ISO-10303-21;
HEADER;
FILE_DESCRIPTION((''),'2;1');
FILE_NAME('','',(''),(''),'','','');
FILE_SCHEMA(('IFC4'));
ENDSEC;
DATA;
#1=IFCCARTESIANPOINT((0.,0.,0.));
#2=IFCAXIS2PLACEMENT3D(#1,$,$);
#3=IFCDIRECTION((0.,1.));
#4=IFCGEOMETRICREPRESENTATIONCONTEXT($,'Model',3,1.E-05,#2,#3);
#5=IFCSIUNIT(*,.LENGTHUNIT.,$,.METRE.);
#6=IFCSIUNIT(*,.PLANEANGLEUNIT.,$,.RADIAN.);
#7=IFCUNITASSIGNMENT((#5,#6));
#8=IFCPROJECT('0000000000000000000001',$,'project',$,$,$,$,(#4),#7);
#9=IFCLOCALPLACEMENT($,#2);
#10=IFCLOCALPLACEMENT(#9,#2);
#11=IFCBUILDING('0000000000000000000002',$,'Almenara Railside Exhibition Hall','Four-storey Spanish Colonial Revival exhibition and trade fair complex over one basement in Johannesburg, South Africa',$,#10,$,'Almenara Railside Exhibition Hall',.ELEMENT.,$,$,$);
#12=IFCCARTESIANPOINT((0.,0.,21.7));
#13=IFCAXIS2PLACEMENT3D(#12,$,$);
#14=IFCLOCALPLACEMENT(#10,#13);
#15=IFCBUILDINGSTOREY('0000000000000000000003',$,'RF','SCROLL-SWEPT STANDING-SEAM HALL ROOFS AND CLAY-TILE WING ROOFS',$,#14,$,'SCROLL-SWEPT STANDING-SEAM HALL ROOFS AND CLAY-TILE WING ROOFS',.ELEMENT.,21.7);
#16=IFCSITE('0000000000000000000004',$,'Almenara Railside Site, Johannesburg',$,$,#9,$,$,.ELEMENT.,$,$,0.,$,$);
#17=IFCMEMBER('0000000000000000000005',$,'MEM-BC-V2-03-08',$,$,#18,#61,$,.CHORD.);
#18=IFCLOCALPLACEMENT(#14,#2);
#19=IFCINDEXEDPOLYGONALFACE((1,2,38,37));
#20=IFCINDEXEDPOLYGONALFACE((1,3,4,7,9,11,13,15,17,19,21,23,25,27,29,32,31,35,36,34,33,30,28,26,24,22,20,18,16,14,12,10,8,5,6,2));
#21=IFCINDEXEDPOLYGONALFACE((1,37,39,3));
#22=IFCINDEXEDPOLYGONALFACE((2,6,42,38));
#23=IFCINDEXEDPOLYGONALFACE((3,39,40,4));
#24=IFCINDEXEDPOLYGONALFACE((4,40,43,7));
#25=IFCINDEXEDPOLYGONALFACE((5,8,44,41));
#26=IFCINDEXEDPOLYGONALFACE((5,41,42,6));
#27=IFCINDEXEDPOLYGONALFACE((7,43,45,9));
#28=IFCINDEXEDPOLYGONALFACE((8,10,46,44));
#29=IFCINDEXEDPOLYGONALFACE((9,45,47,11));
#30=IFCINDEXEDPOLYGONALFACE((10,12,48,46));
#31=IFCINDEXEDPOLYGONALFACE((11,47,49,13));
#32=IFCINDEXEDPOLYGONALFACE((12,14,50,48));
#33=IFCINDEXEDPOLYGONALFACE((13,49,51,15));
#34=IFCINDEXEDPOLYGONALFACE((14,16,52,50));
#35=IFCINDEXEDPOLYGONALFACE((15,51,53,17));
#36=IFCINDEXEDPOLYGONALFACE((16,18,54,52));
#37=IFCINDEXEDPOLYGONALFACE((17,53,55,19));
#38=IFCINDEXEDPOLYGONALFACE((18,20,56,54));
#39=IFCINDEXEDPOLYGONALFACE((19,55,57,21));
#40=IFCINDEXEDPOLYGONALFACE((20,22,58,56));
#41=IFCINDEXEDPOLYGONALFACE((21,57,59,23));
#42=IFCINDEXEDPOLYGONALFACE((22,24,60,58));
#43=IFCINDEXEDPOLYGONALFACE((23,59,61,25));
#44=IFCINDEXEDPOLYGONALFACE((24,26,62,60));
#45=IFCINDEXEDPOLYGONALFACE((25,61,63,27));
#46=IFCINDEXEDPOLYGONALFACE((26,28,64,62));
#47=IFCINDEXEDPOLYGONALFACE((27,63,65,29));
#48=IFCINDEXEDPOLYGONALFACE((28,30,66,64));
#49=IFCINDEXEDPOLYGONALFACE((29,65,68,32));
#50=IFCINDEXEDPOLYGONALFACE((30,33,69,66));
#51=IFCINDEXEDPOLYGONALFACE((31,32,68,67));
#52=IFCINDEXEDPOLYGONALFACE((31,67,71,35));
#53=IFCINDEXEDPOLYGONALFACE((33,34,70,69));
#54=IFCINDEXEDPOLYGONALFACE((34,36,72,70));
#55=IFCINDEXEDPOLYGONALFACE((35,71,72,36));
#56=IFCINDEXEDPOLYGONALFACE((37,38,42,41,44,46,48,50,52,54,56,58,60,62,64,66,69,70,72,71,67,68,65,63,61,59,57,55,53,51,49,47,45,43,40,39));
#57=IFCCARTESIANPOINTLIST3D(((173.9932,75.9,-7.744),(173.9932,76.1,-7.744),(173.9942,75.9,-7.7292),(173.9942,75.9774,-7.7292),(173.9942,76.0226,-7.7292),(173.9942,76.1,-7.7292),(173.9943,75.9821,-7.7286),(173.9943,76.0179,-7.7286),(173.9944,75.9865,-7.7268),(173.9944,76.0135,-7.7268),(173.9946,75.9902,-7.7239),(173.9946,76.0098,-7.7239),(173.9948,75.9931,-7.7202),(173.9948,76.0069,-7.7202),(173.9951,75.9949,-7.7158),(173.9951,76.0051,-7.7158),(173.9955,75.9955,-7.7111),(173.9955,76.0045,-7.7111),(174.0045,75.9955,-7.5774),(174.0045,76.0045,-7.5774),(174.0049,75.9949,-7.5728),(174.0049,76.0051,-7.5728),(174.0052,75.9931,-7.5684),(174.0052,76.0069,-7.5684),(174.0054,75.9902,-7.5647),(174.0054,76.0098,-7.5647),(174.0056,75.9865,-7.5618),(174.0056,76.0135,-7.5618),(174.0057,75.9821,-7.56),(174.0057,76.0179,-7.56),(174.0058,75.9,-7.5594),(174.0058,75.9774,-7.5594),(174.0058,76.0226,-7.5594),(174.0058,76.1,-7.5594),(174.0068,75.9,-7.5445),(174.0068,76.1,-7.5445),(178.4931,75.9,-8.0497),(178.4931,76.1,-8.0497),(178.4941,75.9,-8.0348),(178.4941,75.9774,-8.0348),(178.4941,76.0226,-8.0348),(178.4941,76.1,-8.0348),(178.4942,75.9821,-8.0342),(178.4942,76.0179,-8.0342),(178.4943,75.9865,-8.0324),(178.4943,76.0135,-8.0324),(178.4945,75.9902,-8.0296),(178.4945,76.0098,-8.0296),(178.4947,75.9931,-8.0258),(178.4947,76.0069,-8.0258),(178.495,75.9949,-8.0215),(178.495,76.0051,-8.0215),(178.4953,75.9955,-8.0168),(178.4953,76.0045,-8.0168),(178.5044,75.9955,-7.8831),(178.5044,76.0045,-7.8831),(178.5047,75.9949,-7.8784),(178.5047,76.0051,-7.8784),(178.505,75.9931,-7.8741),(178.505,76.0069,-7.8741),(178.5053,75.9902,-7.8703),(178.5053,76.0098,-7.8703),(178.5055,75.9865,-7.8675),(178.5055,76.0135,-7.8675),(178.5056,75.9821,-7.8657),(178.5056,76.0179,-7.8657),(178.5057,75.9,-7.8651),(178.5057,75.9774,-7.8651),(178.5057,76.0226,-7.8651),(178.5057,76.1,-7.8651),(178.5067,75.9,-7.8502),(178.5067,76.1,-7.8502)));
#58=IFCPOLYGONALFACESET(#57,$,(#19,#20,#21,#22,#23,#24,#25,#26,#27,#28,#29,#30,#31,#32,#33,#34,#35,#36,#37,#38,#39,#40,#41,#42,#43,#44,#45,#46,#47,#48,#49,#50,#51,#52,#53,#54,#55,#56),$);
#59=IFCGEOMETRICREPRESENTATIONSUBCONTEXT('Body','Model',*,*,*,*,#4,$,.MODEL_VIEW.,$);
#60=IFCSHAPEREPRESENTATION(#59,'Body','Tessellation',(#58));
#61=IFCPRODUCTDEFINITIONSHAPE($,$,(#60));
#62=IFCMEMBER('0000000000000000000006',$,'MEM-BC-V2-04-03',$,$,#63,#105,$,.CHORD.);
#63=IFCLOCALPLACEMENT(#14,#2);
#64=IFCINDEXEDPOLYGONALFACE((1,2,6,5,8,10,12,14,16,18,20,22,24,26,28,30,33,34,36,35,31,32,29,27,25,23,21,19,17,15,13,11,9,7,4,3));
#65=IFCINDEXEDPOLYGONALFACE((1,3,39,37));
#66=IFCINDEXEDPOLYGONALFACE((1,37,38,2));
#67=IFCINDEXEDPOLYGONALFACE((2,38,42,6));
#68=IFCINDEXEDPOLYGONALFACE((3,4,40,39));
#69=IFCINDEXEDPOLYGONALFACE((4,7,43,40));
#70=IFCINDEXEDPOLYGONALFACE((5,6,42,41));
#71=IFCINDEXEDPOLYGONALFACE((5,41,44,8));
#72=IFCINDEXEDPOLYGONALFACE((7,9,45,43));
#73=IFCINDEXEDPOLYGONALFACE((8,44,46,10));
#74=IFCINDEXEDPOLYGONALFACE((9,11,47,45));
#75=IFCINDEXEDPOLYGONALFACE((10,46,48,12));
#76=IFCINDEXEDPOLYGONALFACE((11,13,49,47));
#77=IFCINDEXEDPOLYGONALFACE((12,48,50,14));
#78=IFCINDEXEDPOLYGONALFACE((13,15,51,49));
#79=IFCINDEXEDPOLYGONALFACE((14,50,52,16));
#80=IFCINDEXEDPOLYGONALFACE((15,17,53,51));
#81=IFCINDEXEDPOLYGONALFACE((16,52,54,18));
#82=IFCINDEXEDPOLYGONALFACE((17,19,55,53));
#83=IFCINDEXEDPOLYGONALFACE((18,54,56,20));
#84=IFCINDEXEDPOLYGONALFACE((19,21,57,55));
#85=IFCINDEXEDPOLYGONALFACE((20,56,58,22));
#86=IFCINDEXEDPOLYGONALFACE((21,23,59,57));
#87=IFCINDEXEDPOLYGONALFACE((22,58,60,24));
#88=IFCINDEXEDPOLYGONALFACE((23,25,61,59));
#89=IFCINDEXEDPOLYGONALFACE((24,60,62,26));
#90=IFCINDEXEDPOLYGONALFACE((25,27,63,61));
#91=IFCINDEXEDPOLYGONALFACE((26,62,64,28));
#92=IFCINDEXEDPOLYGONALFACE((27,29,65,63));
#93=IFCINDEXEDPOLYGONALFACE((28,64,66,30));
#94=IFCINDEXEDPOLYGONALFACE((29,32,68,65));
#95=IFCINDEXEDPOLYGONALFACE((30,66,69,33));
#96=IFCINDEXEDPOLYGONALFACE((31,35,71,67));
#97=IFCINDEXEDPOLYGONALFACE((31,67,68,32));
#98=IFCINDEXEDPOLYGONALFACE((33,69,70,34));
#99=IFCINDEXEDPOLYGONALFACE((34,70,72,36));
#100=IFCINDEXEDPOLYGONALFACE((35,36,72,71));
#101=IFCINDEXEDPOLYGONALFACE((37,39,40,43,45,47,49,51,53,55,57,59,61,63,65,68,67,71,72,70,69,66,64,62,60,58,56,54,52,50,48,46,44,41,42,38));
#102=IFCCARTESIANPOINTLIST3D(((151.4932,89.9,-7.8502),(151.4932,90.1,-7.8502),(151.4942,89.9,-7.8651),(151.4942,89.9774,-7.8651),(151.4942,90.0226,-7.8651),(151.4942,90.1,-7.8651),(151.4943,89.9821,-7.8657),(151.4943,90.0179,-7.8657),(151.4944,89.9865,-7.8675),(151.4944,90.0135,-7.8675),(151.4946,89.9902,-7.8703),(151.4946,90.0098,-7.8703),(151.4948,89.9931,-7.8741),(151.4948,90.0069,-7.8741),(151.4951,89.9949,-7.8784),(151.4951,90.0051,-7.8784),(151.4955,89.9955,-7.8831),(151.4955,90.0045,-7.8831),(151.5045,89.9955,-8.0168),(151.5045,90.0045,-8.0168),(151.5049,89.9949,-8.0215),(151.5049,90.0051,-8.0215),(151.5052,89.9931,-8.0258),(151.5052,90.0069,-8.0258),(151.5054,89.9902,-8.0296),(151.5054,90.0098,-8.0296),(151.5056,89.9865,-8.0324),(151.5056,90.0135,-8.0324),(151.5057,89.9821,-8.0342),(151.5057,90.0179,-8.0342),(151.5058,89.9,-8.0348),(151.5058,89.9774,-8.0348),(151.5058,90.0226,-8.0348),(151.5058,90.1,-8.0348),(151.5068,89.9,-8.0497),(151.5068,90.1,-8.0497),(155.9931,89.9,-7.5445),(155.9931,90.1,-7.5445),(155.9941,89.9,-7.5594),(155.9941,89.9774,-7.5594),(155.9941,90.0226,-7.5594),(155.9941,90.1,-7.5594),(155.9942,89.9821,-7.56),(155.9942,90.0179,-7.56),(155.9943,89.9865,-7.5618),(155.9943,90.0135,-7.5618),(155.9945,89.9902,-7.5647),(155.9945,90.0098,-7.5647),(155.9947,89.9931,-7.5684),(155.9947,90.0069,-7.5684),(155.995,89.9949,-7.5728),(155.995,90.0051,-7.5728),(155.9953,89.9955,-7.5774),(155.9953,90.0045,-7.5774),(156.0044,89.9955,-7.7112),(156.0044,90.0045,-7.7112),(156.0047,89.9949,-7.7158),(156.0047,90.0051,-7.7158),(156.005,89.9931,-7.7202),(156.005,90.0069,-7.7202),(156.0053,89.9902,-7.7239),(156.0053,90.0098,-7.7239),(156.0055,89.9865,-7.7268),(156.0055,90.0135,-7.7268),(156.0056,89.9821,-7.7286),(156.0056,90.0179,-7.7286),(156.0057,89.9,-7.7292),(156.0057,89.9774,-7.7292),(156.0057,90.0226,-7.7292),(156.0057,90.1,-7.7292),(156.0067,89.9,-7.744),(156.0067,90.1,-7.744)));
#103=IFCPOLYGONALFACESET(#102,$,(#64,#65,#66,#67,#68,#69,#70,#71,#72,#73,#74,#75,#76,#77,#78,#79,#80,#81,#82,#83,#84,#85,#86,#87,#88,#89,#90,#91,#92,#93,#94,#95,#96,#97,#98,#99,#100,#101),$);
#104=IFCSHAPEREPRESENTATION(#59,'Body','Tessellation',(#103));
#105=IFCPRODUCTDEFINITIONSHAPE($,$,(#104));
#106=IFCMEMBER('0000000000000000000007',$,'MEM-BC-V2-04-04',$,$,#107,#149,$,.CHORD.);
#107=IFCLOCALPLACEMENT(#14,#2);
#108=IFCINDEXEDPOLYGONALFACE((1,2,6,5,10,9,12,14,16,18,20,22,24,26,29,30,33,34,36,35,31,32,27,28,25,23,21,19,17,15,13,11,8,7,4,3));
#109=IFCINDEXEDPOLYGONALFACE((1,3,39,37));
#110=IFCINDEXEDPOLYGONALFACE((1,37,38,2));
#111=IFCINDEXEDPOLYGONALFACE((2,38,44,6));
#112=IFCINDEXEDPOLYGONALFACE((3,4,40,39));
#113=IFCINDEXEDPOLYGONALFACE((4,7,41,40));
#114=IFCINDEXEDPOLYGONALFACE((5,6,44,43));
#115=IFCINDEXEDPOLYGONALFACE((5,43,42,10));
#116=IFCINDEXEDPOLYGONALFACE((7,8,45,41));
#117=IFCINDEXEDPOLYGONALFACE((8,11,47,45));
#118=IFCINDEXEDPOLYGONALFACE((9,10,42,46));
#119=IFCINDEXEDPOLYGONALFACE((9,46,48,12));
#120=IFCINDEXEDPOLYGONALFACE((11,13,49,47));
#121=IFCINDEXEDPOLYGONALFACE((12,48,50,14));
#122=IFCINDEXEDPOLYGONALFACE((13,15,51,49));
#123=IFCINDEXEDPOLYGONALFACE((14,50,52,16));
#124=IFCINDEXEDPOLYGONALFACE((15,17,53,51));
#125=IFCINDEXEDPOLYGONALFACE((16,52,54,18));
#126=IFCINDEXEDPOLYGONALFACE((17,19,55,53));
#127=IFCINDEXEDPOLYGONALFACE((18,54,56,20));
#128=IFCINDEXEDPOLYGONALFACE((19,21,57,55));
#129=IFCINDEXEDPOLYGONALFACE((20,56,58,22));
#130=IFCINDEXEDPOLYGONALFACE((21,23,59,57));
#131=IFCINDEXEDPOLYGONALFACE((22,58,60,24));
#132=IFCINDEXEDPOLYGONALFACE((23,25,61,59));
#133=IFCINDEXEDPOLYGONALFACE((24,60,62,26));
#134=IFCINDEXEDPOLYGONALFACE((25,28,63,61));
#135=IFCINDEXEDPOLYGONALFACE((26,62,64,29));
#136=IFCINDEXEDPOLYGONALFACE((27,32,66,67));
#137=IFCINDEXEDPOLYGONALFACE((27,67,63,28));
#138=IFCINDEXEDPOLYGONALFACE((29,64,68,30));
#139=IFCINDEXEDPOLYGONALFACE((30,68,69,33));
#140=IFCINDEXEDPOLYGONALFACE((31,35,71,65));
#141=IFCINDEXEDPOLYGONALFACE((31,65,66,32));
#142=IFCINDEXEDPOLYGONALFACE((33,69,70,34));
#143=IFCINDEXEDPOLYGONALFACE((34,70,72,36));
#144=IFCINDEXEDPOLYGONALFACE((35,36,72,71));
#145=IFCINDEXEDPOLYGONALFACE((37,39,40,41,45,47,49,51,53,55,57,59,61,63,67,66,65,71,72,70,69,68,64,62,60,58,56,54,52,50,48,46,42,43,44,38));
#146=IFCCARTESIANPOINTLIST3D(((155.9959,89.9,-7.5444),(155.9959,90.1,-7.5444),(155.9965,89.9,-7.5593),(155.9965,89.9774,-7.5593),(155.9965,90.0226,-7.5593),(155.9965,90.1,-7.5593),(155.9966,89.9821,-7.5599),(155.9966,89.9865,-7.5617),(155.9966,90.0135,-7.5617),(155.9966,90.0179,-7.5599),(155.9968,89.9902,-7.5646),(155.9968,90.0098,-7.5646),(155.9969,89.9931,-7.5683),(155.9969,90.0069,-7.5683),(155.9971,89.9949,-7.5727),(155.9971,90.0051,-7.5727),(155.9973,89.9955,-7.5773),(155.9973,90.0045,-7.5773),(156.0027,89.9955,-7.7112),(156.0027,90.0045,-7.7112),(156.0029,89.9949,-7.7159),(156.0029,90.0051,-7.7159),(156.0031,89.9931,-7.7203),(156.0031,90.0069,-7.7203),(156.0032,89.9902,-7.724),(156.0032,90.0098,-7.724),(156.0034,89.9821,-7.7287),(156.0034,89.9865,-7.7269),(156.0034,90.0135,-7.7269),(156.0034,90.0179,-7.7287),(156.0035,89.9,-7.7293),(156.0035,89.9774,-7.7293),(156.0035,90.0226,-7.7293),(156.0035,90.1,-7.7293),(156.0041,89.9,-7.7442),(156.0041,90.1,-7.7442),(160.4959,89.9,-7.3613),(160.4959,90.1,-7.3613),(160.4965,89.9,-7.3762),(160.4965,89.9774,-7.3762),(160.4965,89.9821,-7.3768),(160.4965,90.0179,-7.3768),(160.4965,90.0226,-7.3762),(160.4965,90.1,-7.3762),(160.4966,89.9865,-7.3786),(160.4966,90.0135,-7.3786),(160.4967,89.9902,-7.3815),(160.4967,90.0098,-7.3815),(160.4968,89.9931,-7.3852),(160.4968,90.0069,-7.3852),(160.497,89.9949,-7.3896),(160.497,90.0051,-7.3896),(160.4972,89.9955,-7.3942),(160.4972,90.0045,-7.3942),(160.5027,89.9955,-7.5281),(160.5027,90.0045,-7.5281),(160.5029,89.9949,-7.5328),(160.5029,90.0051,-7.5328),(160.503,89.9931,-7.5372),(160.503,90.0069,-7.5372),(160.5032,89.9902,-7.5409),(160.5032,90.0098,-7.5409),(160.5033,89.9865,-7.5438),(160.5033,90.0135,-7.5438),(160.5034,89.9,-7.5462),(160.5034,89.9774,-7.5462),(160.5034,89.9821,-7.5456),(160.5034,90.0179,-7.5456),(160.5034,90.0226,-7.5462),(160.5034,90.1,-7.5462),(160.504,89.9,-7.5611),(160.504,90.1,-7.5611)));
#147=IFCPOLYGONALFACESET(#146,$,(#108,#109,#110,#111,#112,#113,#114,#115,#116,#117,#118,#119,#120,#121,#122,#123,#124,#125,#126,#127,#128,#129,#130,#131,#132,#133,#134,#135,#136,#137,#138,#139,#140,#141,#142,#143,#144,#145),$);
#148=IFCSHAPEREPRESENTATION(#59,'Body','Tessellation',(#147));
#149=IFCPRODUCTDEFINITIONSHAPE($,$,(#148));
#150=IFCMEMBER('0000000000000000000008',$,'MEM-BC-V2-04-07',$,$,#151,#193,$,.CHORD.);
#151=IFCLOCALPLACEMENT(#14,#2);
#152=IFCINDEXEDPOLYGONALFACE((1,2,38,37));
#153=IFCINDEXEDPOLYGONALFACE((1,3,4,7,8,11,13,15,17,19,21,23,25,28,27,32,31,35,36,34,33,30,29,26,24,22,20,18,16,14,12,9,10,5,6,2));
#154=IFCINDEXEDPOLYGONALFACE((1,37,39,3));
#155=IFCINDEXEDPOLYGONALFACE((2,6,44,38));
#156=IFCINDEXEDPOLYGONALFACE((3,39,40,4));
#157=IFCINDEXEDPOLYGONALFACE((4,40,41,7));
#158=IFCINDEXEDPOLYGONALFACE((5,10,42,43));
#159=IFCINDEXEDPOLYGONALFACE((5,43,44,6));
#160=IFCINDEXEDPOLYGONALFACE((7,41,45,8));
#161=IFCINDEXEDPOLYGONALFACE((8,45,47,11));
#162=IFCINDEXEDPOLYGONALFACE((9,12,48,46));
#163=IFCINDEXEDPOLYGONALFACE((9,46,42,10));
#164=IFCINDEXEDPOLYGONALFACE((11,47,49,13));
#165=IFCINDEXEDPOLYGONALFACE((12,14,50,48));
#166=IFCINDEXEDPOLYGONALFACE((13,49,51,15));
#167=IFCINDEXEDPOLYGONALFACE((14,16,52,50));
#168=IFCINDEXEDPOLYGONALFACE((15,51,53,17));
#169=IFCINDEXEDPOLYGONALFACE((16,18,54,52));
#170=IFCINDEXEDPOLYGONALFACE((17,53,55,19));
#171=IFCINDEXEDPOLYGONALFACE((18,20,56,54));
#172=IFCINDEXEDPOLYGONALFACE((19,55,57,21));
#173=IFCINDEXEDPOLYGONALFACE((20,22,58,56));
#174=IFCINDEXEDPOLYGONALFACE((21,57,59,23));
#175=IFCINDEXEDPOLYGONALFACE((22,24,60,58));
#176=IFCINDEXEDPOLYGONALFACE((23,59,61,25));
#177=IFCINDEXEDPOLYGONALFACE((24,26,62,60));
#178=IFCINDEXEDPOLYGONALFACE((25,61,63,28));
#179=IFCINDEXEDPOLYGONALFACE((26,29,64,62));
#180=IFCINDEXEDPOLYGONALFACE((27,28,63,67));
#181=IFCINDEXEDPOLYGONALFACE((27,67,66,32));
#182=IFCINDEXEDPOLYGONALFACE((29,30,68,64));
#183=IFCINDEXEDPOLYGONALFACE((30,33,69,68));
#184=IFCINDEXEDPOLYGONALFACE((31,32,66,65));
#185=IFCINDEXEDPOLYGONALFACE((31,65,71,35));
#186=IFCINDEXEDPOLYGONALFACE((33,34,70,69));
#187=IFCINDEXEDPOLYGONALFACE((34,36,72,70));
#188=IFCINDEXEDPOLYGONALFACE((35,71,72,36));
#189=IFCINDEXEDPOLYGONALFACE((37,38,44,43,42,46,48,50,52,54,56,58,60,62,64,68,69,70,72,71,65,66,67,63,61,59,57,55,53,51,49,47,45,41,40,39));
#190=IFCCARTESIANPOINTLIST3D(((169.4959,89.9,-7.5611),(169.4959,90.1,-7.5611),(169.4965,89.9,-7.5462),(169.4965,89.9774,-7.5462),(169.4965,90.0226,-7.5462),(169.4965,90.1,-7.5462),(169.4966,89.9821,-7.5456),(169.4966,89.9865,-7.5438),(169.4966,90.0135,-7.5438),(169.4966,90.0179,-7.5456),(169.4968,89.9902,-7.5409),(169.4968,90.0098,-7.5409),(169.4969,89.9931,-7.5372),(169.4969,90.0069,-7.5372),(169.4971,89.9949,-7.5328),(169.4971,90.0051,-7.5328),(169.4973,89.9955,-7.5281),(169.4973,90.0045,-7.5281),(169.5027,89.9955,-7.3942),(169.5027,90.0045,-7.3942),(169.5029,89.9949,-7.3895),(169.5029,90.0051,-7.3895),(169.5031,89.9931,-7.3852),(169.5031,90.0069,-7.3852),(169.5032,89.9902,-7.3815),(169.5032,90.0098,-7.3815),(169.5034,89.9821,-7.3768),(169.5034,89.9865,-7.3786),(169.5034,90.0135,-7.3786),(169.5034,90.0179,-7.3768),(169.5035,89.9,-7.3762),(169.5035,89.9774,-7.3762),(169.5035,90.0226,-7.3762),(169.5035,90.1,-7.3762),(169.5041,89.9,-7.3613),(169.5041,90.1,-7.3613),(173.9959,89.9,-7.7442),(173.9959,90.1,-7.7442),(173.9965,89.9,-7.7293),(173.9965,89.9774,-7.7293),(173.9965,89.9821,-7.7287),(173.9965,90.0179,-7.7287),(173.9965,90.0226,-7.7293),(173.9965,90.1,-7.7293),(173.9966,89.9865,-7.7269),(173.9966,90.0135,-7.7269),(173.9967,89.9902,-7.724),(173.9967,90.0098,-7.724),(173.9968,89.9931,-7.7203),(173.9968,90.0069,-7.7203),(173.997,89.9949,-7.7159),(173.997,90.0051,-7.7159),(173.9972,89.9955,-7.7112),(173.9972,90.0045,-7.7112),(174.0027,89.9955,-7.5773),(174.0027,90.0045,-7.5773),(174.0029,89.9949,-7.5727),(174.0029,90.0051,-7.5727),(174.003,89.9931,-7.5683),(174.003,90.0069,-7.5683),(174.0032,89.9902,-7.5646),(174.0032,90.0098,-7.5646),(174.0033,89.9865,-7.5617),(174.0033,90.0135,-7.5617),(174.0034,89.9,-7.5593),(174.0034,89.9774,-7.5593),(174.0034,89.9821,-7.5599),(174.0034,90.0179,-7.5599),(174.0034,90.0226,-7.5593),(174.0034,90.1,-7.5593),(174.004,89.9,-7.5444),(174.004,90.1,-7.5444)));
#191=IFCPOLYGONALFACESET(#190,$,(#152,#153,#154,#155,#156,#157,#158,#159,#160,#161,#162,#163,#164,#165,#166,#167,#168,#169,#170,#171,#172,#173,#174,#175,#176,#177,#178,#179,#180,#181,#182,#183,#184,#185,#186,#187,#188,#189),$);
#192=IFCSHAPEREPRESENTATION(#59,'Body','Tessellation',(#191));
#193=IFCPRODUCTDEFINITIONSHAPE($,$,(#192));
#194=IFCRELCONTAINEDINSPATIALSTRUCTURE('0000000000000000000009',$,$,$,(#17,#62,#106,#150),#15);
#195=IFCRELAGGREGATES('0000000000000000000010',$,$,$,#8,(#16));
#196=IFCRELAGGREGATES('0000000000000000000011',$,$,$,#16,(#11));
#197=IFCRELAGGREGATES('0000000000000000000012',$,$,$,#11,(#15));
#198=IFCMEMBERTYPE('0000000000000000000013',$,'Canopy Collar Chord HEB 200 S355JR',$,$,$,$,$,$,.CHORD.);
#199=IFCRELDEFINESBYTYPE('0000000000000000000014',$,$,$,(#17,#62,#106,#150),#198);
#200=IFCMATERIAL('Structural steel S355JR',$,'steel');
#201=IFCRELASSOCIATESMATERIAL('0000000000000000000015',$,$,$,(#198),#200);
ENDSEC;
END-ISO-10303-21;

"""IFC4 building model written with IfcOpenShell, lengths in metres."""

from ifc_helpers import new_model, si_unit, direction, frame, origin, origin_2d, place, context, subcontext, project, spatial, i_section, extrude, material, material_profile, profile_set, type_object, element, save


model = new_model("IFC4")

# Units and contexts
model_context = context("Model", 3, precision=1e-05, world=origin(), true_north=direction((0.0, 1.0)))
body_context = subcontext(model_context, "Body", "Model", "MODEL_VIEW")
ifc_project = project(units=[si_unit("LENGTHUNIT", "METRE"), si_unit("PLANEANGLEUNIT", "RADIAN")], contexts=[model_context])

# Site, building, storey
site_placement = place(None, origin())
site = spatial("IfcSite", under=ifc_project, at=site_placement, Name="Almenara Railside Site, Johannesburg", CompositionType="ELEMENT", RefElevation=0.0)
building_placement = place(site_placement, origin())
building = spatial("IfcBuilding", under=site, at=building_placement, Name="Almenara Railside Exhibition Hall", Description="Four-storey Spanish Colonial Revival exhibition and trade fair complex over one basement in Johannesburg, South Africa", LongName="Almenara Railside Exhibition Hall", CompositionType="ELEMENT")
storey_placement = place(building_placement, frame((0.0, 0.0, 21.7)))
storey = spatial("IfcBuildingStorey", under=building, at=storey_placement, Name="RF", Description="SCROLL-SWEPT STANDING-SEAM HALL ROOFS AND CLAY-TILE WING ROOFS", LongName="SCROLL-SWEPT STANDING-SEAM HALL ROOFS AND CLAY-TILE WING ROOFS", CompositionType="ELEMENT", Elevation=21.7)

# Members
ifc_material_1 = material(Name="Structural steel S355JR", Category="steel")
ifc_material_profile_1 = material_profile(ifc_material_1, i_section(OverallWidth=0.2, OverallDepth=0.2, WebThickness=0.009, FlangeThickness=0.0149, FilletRadius=0.0181, at=origin_2d()), Name="HEB 200")
ifc_profile_set_1 = profile_set([ifc_material_profile_1], Name="Structural steel S355JR")
member_type_1 = type_object("IfcMemberType", Name="Canopy Collar Chord HEB 200 S355JR", PredefinedType="CHORD", material=ifc_profile_set_1)
for number, where, z_axis, x_axis, name in (
    (1, (174.0, 76.0, -7.6443), (0.997701, 0.0, -0.067769), (0.0, 1.0, 0.0), "MEM-BC-V2-03-08"),
    (2, (151.5, 90.0, -7.95), (0.997701, 0.0, 0.067769), (0.0, 1.0, 0.0), "MEM-BC-V2-04-03"),
):
    element("IfcMember", number, at=place(storey_placement, frame(where, z_axis=z_axis, x_axis=x_axis)), inside=storey, type_object=member_type_1, Name=name, PredefinedType="CHORD", context=body_context, shape_type="SweptSolid", body=[
        extrude(i_section(OverallWidth=0.2, OverallDepth=0.2, WebThickness=0.009, FlangeThickness=0.0149, FilletRadius=0.0181, at=origin_2d()), origin(), (0.0, 0.0, 1.0), 4.5103),
    ])
for number, where, z_axis, x_axis, name in (
    (3, (156.0, 90.0, -7.6443), (0.999173, 0.0, 0.040656), (0.0, 1.0, 0.0), "MEM-BC-V2-04-04"),
    (4, (169.5, 90.0, -7.4612), (0.999173, 0.0, -0.040656), (0.0, 1.0, 0.0), "MEM-BC-V2-04-07"),
):
    element("IfcMember", number, at=place(storey_placement, frame(where, z_axis=z_axis, x_axis=x_axis)), inside=storey, type_object=member_type_1, Name=name, PredefinedType="CHORD", context=body_context, shape_type="SweptSolid", body=[
        extrude(i_section(OverallWidth=0.2, OverallDepth=0.2, WebThickness=0.009, FlangeThickness=0.0149, FilletRadius=0.0181, at=origin_2d()), origin(), (0.0, 0.0, 1.0), 4.5037),
    ])

save(model, "model.ifc")
